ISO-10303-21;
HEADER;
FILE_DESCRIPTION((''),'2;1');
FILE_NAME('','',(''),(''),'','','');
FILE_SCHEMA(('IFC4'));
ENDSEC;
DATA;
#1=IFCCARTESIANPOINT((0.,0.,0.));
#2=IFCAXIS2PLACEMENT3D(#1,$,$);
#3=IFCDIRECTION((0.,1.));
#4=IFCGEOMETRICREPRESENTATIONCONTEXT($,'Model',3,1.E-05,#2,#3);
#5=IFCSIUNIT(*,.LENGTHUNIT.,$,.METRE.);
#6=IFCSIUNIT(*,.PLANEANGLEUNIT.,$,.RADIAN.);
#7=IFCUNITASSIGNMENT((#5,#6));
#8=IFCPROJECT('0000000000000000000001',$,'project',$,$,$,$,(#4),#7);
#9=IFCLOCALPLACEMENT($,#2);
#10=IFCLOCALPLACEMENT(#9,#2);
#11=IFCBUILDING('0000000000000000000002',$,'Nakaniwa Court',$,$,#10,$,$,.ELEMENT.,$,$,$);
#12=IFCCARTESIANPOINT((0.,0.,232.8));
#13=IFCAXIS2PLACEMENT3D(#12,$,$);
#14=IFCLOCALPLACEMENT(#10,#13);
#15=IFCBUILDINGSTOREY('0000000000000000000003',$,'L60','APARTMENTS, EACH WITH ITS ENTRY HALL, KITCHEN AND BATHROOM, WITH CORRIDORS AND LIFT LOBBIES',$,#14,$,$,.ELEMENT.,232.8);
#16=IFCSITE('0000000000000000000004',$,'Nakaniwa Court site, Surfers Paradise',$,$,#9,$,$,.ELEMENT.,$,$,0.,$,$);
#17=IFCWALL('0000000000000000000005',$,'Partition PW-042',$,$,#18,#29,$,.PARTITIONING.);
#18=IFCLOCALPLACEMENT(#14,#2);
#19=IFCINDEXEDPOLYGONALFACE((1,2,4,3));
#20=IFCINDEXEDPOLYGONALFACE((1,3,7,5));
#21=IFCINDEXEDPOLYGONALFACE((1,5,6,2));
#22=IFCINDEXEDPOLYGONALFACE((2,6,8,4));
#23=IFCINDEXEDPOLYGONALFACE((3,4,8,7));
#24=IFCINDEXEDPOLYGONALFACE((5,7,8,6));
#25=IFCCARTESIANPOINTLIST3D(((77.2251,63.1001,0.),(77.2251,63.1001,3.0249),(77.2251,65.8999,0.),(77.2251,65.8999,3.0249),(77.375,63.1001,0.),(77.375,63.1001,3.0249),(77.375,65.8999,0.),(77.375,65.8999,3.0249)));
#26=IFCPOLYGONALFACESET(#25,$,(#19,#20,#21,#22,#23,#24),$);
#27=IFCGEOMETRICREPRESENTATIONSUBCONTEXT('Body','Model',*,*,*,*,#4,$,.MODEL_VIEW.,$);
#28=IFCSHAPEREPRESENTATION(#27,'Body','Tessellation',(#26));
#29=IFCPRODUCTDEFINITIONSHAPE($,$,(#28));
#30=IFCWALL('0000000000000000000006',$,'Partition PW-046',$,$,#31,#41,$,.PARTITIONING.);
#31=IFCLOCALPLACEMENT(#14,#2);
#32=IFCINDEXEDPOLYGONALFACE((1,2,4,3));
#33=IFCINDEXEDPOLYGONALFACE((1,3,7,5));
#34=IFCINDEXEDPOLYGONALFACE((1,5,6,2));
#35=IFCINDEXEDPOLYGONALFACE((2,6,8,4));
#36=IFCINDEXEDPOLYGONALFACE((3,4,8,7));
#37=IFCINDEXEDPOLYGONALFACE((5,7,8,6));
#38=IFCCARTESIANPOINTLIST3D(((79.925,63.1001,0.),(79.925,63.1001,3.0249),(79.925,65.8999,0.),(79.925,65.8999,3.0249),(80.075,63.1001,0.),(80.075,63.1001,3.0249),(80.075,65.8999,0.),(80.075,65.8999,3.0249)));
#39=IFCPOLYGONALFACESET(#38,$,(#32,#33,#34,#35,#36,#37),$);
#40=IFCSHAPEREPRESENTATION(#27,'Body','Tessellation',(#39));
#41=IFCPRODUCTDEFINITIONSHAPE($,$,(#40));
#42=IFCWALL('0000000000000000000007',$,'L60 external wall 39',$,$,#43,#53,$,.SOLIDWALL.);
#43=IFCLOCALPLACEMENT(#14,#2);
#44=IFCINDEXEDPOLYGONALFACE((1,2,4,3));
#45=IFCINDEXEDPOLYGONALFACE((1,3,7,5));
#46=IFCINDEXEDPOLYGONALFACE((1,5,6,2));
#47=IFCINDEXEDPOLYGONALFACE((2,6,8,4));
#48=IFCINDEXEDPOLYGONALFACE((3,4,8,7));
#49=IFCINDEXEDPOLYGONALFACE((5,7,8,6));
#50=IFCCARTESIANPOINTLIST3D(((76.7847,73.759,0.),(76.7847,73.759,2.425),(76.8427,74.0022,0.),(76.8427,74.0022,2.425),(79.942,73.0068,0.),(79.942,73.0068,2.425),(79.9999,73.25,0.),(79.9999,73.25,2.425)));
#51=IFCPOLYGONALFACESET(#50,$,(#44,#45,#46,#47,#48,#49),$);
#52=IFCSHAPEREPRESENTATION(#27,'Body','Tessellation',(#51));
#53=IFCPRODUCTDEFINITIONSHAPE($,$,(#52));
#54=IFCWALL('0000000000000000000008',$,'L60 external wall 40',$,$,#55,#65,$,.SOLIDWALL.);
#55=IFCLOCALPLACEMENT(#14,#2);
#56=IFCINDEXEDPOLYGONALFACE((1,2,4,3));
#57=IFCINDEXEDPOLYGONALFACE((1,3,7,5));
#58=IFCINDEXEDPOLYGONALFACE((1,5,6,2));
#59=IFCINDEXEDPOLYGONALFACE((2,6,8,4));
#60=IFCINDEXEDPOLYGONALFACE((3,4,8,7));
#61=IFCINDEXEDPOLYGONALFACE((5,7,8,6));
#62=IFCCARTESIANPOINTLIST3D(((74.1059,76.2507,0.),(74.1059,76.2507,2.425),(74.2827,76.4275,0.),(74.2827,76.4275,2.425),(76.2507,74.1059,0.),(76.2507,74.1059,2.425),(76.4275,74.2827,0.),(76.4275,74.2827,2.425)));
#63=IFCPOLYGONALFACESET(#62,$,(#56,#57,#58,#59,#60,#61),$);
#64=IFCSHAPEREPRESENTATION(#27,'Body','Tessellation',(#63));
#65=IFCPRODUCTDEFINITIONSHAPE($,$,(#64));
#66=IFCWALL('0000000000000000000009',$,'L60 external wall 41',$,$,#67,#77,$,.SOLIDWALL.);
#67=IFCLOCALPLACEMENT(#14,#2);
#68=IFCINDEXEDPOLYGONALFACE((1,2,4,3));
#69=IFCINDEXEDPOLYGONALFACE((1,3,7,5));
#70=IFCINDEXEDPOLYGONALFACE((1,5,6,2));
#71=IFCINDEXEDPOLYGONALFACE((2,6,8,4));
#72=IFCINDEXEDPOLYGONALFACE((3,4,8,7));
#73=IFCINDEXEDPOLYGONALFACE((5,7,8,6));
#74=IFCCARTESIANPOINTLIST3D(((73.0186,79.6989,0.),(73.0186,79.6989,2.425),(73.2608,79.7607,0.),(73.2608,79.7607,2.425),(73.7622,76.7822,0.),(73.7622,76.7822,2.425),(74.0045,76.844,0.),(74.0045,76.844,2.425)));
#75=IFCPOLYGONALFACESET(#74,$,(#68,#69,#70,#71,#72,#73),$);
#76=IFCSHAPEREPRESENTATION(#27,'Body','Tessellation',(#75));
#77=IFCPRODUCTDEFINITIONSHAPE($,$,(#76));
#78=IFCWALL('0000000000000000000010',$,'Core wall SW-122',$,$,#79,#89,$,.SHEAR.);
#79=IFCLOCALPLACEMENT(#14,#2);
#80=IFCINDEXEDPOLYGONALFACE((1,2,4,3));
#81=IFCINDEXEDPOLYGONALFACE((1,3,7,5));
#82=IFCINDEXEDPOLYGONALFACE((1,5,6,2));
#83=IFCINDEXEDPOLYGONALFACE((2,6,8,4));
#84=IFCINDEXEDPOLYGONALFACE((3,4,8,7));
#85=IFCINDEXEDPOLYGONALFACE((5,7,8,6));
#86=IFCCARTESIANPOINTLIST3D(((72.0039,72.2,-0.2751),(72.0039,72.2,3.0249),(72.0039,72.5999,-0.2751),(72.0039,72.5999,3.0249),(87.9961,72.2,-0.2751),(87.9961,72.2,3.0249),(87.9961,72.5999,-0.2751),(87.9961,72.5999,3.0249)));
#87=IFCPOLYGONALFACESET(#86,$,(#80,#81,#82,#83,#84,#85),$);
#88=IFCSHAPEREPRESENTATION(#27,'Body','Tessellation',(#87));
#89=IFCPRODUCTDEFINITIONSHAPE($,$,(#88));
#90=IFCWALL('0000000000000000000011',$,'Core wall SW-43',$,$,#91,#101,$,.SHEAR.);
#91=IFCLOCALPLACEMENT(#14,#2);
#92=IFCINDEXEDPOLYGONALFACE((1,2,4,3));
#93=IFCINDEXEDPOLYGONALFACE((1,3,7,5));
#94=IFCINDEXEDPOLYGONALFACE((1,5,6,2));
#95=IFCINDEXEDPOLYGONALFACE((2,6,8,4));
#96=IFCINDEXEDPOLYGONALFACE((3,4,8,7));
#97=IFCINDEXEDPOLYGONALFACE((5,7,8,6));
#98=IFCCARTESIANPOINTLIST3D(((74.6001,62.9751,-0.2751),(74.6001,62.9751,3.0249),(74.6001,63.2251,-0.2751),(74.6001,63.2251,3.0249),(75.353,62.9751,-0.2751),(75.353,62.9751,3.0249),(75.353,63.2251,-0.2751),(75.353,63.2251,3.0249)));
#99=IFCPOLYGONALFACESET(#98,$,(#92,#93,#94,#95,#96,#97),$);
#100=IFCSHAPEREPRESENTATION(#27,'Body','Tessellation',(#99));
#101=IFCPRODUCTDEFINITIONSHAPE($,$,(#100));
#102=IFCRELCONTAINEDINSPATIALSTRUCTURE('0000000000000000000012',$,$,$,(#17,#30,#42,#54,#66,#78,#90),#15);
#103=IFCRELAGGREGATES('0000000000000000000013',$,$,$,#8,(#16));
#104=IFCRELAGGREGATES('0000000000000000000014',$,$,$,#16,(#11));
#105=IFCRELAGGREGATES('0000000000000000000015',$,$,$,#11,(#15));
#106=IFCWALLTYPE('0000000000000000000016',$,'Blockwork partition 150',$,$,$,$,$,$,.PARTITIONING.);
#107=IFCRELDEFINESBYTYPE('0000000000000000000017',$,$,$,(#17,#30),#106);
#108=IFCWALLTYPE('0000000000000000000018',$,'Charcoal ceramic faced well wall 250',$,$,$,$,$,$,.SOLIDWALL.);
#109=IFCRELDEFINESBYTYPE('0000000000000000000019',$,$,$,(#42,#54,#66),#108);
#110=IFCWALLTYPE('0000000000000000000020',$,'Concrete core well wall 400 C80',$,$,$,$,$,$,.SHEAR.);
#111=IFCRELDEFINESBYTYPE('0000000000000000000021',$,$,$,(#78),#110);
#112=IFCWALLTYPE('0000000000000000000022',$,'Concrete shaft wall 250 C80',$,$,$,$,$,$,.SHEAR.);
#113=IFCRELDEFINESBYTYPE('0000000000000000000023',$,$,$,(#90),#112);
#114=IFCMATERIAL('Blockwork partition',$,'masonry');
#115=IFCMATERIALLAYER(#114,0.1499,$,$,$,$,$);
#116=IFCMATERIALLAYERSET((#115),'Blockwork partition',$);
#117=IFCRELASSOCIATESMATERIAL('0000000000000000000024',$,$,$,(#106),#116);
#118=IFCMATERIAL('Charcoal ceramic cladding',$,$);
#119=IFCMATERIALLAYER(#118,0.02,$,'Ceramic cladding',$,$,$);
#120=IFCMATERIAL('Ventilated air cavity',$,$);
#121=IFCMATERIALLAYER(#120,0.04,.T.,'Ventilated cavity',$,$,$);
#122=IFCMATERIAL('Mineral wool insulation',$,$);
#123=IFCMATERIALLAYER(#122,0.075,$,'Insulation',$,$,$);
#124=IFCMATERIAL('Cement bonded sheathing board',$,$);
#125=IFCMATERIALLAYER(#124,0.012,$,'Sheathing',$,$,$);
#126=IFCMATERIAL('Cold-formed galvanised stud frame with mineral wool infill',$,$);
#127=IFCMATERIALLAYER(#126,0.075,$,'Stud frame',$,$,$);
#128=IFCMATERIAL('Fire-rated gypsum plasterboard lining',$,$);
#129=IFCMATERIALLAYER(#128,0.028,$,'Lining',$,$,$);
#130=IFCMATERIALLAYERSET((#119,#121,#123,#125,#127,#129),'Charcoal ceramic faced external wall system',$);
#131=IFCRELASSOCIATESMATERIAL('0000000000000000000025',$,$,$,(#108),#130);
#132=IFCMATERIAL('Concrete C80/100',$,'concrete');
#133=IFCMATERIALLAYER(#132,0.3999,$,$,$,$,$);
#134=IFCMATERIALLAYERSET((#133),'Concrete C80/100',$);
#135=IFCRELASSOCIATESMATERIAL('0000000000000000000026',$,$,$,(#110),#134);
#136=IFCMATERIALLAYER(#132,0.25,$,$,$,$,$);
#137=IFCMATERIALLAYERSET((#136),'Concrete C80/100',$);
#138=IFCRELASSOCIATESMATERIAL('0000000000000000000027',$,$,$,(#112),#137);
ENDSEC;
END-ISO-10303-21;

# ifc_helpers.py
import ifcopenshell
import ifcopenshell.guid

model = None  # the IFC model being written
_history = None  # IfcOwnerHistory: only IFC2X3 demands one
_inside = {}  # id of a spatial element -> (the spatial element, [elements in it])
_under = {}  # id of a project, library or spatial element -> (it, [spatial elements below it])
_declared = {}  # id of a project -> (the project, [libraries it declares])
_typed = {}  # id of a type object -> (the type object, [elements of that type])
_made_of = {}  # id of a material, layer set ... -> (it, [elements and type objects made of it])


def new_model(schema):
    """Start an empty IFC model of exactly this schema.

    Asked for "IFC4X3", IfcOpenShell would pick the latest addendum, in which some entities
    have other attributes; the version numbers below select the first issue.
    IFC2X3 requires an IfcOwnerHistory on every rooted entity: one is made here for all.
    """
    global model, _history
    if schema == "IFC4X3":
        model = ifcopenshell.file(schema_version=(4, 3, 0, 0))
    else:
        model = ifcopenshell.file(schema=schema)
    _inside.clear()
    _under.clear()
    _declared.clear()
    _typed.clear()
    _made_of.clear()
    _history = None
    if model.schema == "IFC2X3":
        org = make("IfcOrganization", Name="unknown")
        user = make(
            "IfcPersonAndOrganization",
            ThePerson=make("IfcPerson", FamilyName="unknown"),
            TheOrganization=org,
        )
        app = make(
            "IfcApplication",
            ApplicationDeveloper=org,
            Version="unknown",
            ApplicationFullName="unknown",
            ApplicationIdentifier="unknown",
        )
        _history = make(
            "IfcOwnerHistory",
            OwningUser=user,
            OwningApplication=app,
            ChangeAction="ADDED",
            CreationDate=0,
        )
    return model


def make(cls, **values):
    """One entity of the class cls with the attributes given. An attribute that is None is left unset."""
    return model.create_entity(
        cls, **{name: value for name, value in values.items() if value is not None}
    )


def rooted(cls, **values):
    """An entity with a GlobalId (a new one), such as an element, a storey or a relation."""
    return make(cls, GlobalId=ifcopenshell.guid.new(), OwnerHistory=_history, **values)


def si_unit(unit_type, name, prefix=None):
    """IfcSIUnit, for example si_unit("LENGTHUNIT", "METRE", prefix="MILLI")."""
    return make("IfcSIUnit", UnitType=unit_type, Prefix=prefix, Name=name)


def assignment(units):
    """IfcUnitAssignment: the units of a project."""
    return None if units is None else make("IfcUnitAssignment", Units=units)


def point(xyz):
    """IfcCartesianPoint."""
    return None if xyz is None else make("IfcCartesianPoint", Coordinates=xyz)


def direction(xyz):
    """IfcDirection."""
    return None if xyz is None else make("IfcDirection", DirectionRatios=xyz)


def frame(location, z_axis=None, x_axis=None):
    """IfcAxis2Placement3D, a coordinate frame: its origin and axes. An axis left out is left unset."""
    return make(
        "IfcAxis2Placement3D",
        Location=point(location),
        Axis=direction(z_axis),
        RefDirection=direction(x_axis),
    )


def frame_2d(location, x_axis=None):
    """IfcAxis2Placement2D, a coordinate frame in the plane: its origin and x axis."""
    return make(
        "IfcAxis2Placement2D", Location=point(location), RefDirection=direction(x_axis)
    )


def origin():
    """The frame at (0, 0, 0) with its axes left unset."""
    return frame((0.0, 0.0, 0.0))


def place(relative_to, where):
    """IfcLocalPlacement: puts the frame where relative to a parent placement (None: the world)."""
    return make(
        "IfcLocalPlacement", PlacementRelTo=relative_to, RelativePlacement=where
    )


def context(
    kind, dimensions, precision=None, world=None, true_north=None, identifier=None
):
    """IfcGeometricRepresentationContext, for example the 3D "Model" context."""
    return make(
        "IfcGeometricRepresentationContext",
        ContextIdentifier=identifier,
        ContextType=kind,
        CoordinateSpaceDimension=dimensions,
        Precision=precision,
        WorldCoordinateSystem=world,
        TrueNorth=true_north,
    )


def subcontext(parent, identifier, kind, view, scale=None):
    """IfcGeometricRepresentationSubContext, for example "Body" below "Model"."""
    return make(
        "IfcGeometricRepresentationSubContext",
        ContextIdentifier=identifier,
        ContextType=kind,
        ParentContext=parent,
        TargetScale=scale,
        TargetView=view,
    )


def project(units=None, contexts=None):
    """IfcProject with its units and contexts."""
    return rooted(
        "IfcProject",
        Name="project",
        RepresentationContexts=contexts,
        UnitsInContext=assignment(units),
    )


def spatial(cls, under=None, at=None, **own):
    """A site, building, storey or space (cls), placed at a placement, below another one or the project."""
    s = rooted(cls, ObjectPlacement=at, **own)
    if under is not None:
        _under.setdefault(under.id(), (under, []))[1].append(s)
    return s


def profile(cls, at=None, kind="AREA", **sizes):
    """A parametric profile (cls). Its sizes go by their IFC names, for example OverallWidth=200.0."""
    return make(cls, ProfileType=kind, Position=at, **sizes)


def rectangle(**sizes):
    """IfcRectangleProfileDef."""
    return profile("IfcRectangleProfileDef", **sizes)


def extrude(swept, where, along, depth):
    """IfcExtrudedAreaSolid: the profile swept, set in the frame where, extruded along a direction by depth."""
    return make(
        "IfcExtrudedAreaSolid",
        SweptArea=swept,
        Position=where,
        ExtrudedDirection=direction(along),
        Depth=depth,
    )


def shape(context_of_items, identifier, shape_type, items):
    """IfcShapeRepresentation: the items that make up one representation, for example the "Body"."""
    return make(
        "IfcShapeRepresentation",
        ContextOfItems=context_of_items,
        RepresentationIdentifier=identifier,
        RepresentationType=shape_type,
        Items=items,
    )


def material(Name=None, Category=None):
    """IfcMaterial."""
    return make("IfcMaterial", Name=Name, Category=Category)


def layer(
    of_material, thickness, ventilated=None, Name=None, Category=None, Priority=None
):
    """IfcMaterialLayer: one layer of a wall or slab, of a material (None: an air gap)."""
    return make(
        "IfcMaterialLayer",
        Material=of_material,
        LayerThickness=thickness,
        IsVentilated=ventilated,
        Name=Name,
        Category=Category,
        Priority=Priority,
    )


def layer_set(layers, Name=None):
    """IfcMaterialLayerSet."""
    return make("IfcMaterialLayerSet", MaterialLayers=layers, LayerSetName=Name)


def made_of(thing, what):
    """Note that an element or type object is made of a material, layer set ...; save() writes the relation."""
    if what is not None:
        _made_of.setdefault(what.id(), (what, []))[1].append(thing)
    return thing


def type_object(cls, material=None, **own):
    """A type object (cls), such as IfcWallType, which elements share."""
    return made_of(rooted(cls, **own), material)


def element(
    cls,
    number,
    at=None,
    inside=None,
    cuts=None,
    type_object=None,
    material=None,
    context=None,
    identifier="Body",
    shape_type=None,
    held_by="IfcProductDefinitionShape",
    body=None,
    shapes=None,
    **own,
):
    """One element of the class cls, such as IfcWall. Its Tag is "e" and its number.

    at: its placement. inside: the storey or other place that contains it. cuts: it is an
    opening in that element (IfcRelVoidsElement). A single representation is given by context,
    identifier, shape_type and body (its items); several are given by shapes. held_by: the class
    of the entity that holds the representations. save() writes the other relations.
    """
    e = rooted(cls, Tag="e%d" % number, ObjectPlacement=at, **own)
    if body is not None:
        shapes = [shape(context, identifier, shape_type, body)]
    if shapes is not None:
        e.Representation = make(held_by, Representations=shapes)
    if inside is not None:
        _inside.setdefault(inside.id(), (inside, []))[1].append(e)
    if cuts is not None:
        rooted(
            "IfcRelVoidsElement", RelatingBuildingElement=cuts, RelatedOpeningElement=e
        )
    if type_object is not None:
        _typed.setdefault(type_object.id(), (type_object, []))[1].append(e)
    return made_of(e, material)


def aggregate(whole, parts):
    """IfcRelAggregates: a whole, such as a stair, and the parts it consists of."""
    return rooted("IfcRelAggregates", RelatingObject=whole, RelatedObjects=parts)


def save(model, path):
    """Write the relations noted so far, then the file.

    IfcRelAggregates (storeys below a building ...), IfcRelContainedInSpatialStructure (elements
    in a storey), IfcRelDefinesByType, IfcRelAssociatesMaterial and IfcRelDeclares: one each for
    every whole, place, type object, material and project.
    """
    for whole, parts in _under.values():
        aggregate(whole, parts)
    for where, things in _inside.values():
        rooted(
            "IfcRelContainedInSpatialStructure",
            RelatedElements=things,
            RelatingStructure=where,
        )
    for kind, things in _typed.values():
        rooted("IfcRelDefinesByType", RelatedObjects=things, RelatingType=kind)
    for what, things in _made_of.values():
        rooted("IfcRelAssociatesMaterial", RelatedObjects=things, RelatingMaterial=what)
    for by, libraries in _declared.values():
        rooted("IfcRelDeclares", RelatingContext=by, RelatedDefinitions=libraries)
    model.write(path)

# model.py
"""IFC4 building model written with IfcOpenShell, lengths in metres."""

from ifc_helpers import new_model, si_unit, direction, frame, frame_2d, origin, place, context, subcontext, project, spatial, rectangle, extrude, material, layer, layer_set, type_object, element, save


model = new_model("IFC4")

# Units and contexts
model_context = context("Model", 3, precision=1e-05, world=origin(), true_north=direction((0.0, 1.0)))
body_context = subcontext(model_context, "Body", "Model", "MODEL_VIEW")
ifc_project = project(units=[si_unit("LENGTHUNIT", "METRE"), si_unit("PLANEANGLEUNIT", "RADIAN")], contexts=[model_context])

# Site, building, storey
site_placement = place(None, origin())
site = spatial("IfcSite", under=ifc_project, at=site_placement, Name="Nakaniwa Court site, Surfers Paradise", CompositionType="ELEMENT", RefElevation=0.0)
building_placement = place(site_placement, origin())
building = spatial("IfcBuilding", under=site, at=building_placement, Name="Nakaniwa Court", CompositionType="ELEMENT")
storey_placement = place(building_placement, frame((0.0, 0.0, 232.8)))
storey = spatial("IfcBuildingStorey", under=building, at=storey_placement, Name="L60", Description="APARTMENTS, EACH WITH ITS ENTRY HALL, KITCHEN AND BATHROOM, WITH CORRIDORS AND LIFT LOBBIES", CompositionType="ELEMENT", Elevation=232.8)

# Shared definitions
ifc_material_1 = material(Name="Concrete C80/100", Category="concrete")

# Shared definitions
ifc_material_2 = material(Name="Blockwork partition", Category="masonry")
ifc_layer_1 = layer(ifc_material_2, 0.1499)
ifc_layer_set_1 = layer_set([ifc_layer_1], Name="Blockwork partition")
wall_type_1 = type_object("IfcWallType", Name="Blockwork partition 150", PredefinedType="PARTITIONING", material=ifc_layer_set_1)

# Walls
for number, where, z_axis, x_axis, name in (
    (1, (77.3, 63.1001, 0.0), (0.0, 0.0, 1.0), (0.0, 1.0, 0.0), "Partition PW-042"),
    (2, (80.0, 63.1001, 0.0), (0.0, 0.0, 1.0), (0.0, 1.0, 0.0), "Partition PW-046"),
):
    element("IfcWall", number, at=place(storey_placement, frame(where, z_axis=z_axis, x_axis=x_axis)), inside=storey, type_object=wall_type_1, Name=name, PredefinedType="PARTITIONING", context=body_context, shape_type="SweptSolid", body=[
        extrude(rectangle(XDim=2.7998, YDim=0.1499, at=frame_2d((1.3999, 0.0))), origin(), (0.0, 0.0, 1.0), 3.0249),
    ])
ifc_material_3 = material(Name="Charcoal ceramic cladding")
ifc_layer_2 = layer(ifc_material_3, 0.02, Name="Ceramic cladding")
ifc_material_4 = material(Name="Ventilated air cavity")
ifc_layer_3 = layer(ifc_material_4, 0.04, ventilated=True, Name="Ventilated cavity")
ifc_material_5 = material(Name="Mineral wool insulation")
ifc_layer_4 = layer(ifc_material_5, 0.075, Name="Insulation")
ifc_material_6 = material(Name="Cement bonded sheathing board")
ifc_layer_5 = layer(ifc_material_6, 0.012, Name="Sheathing")
ifc_material_7 = material(Name="Cold-formed galvanised stud frame with mineral wool infill")
ifc_layer_6 = layer(ifc_material_7, 0.075, Name="Stud frame")
ifc_material_8 = material(Name="Fire-rated gypsum plasterboard lining")
ifc_layer_7 = layer(ifc_material_8, 0.028, Name="Lining")
ifc_layer_set_2 = layer_set([ifc_layer_2, ifc_layer_3, ifc_layer_4, ifc_layer_5, ifc_layer_6, ifc_layer_7], Name="Charcoal ceramic faced external wall system")
wall_type_2 = type_object("IfcWallType", Name="Charcoal ceramic faced well wall 250", PredefinedType="SOLIDWALL", material=ifc_layer_set_2)
wall_1_placement = place(storey_placement, frame((79.9709, 73.1284, 0.0), z_axis=(0.0, 0.0, 1.0), x_axis=(-0.972773, 0.23176, 0.0)))
element("IfcWall", 3, at=wall_1_placement, inside=storey, type_object=wall_type_2, Name="L60 external wall 39", PredefinedType="SOLIDWALL", context=body_context, shape_type="SweptSolid", body=[
    extrude(rectangle(XDim=3.2456, YDim=0.25, at=frame_2d((1.6228, 0.0))), origin(), (0.0, 0.0, 1.0), 2.425),
])
wall_2_placement = place(storey_placement, frame((76.3391, 74.1943, 0.0), z_axis=(0.0, 0.0, 1.0), x_axis=(-0.707107, 0.707107, 0.0)))
element("IfcWall", 4, at=wall_2_placement, inside=storey, type_object=wall_type_2, Name="L60 external wall 40", PredefinedType="SOLIDWALL", context=body_context, shape_type="SweptSolid", body=[
    extrude(rectangle(XDim=3.0332, YDim=0.25, at=frame_2d((1.5166, 0.0))), origin(), (0.0, 0.0, 1.0), 2.425),
])
wall_3_placement = place(storey_placement, frame((73.8833, 76.8132, 0.0), z_axis=(0.0, 0.0, 1.0), x_axis=(-0.247056, 0.969001, 0.0)))
element("IfcWall", 5, at=wall_3_placement, inside=storey, type_object=wall_type_2, Name="L60 external wall 41", PredefinedType="SOLIDWALL", context=body_context, shape_type="SweptSolid", body=[
    extrude(rectangle(XDim=3.01, YDim=0.25, at=frame_2d((1.5049, 0.0))), origin(), (0.0, 0.0, 1.0), 2.425),
])
ifc_layer_8 = layer(ifc_material_1, 0.3999)
ifc_layer_set_3 = layer_set([ifc_layer_8], Name="Concrete C80/100")
wall_type_3 = type_object("IfcWallType", Name="Concrete core well wall 400 C80", PredefinedType="SHEAR", material=ifc_layer_set_3)
wall_4_placement = place(storey_placement, frame((72.0039, 72.3999, -0.2751), z_axis=(0.0, 0.0, 1.0), x_axis=(1.0, 0.0, 0.0)))
element("IfcWall", 6, at=wall_4_placement, inside=storey, type_object=wall_type_3, Name="Core wall SW-122", PredefinedType="SHEAR", context=body_context, shape_type="SweptSolid", body=[
    extrude(rectangle(XDim=15.9922, YDim=0.3999, at=frame_2d((7.9961, 0.0))), origin(), (0.0, 0.0, 1.0), 3.3),
])
ifc_layer_9 = layer(ifc_material_1, 0.25)
ifc_layer_set_4 = layer_set([ifc_layer_9], Name="Concrete C80/100")
wall_type_4 = type_object("IfcWallType", Name="Concrete shaft wall 250 C80", PredefinedType="SHEAR", material=ifc_layer_set_4)
wall_5_placement = place(storey_placement, frame((74.6001, 63.1001, -0.2751), z_axis=(0.0, 0.0, 1.0), x_axis=(1.0, 0.0, 0.0)))
element("IfcWall", 7, at=wall_5_placement, inside=storey, type_object=wall_type_4, Name="Core wall SW-43", PredefinedType="SHEAR", context=body_context, shape_type="SweptSolid", body=[
    extrude(rectangle(XDim=0.7529, YDim=0.25, at=frame_2d((0.3765, 0.0))), origin(), (0.0, 0.0, 1.0), 3.3),
])

save(model, "model.ifc")
